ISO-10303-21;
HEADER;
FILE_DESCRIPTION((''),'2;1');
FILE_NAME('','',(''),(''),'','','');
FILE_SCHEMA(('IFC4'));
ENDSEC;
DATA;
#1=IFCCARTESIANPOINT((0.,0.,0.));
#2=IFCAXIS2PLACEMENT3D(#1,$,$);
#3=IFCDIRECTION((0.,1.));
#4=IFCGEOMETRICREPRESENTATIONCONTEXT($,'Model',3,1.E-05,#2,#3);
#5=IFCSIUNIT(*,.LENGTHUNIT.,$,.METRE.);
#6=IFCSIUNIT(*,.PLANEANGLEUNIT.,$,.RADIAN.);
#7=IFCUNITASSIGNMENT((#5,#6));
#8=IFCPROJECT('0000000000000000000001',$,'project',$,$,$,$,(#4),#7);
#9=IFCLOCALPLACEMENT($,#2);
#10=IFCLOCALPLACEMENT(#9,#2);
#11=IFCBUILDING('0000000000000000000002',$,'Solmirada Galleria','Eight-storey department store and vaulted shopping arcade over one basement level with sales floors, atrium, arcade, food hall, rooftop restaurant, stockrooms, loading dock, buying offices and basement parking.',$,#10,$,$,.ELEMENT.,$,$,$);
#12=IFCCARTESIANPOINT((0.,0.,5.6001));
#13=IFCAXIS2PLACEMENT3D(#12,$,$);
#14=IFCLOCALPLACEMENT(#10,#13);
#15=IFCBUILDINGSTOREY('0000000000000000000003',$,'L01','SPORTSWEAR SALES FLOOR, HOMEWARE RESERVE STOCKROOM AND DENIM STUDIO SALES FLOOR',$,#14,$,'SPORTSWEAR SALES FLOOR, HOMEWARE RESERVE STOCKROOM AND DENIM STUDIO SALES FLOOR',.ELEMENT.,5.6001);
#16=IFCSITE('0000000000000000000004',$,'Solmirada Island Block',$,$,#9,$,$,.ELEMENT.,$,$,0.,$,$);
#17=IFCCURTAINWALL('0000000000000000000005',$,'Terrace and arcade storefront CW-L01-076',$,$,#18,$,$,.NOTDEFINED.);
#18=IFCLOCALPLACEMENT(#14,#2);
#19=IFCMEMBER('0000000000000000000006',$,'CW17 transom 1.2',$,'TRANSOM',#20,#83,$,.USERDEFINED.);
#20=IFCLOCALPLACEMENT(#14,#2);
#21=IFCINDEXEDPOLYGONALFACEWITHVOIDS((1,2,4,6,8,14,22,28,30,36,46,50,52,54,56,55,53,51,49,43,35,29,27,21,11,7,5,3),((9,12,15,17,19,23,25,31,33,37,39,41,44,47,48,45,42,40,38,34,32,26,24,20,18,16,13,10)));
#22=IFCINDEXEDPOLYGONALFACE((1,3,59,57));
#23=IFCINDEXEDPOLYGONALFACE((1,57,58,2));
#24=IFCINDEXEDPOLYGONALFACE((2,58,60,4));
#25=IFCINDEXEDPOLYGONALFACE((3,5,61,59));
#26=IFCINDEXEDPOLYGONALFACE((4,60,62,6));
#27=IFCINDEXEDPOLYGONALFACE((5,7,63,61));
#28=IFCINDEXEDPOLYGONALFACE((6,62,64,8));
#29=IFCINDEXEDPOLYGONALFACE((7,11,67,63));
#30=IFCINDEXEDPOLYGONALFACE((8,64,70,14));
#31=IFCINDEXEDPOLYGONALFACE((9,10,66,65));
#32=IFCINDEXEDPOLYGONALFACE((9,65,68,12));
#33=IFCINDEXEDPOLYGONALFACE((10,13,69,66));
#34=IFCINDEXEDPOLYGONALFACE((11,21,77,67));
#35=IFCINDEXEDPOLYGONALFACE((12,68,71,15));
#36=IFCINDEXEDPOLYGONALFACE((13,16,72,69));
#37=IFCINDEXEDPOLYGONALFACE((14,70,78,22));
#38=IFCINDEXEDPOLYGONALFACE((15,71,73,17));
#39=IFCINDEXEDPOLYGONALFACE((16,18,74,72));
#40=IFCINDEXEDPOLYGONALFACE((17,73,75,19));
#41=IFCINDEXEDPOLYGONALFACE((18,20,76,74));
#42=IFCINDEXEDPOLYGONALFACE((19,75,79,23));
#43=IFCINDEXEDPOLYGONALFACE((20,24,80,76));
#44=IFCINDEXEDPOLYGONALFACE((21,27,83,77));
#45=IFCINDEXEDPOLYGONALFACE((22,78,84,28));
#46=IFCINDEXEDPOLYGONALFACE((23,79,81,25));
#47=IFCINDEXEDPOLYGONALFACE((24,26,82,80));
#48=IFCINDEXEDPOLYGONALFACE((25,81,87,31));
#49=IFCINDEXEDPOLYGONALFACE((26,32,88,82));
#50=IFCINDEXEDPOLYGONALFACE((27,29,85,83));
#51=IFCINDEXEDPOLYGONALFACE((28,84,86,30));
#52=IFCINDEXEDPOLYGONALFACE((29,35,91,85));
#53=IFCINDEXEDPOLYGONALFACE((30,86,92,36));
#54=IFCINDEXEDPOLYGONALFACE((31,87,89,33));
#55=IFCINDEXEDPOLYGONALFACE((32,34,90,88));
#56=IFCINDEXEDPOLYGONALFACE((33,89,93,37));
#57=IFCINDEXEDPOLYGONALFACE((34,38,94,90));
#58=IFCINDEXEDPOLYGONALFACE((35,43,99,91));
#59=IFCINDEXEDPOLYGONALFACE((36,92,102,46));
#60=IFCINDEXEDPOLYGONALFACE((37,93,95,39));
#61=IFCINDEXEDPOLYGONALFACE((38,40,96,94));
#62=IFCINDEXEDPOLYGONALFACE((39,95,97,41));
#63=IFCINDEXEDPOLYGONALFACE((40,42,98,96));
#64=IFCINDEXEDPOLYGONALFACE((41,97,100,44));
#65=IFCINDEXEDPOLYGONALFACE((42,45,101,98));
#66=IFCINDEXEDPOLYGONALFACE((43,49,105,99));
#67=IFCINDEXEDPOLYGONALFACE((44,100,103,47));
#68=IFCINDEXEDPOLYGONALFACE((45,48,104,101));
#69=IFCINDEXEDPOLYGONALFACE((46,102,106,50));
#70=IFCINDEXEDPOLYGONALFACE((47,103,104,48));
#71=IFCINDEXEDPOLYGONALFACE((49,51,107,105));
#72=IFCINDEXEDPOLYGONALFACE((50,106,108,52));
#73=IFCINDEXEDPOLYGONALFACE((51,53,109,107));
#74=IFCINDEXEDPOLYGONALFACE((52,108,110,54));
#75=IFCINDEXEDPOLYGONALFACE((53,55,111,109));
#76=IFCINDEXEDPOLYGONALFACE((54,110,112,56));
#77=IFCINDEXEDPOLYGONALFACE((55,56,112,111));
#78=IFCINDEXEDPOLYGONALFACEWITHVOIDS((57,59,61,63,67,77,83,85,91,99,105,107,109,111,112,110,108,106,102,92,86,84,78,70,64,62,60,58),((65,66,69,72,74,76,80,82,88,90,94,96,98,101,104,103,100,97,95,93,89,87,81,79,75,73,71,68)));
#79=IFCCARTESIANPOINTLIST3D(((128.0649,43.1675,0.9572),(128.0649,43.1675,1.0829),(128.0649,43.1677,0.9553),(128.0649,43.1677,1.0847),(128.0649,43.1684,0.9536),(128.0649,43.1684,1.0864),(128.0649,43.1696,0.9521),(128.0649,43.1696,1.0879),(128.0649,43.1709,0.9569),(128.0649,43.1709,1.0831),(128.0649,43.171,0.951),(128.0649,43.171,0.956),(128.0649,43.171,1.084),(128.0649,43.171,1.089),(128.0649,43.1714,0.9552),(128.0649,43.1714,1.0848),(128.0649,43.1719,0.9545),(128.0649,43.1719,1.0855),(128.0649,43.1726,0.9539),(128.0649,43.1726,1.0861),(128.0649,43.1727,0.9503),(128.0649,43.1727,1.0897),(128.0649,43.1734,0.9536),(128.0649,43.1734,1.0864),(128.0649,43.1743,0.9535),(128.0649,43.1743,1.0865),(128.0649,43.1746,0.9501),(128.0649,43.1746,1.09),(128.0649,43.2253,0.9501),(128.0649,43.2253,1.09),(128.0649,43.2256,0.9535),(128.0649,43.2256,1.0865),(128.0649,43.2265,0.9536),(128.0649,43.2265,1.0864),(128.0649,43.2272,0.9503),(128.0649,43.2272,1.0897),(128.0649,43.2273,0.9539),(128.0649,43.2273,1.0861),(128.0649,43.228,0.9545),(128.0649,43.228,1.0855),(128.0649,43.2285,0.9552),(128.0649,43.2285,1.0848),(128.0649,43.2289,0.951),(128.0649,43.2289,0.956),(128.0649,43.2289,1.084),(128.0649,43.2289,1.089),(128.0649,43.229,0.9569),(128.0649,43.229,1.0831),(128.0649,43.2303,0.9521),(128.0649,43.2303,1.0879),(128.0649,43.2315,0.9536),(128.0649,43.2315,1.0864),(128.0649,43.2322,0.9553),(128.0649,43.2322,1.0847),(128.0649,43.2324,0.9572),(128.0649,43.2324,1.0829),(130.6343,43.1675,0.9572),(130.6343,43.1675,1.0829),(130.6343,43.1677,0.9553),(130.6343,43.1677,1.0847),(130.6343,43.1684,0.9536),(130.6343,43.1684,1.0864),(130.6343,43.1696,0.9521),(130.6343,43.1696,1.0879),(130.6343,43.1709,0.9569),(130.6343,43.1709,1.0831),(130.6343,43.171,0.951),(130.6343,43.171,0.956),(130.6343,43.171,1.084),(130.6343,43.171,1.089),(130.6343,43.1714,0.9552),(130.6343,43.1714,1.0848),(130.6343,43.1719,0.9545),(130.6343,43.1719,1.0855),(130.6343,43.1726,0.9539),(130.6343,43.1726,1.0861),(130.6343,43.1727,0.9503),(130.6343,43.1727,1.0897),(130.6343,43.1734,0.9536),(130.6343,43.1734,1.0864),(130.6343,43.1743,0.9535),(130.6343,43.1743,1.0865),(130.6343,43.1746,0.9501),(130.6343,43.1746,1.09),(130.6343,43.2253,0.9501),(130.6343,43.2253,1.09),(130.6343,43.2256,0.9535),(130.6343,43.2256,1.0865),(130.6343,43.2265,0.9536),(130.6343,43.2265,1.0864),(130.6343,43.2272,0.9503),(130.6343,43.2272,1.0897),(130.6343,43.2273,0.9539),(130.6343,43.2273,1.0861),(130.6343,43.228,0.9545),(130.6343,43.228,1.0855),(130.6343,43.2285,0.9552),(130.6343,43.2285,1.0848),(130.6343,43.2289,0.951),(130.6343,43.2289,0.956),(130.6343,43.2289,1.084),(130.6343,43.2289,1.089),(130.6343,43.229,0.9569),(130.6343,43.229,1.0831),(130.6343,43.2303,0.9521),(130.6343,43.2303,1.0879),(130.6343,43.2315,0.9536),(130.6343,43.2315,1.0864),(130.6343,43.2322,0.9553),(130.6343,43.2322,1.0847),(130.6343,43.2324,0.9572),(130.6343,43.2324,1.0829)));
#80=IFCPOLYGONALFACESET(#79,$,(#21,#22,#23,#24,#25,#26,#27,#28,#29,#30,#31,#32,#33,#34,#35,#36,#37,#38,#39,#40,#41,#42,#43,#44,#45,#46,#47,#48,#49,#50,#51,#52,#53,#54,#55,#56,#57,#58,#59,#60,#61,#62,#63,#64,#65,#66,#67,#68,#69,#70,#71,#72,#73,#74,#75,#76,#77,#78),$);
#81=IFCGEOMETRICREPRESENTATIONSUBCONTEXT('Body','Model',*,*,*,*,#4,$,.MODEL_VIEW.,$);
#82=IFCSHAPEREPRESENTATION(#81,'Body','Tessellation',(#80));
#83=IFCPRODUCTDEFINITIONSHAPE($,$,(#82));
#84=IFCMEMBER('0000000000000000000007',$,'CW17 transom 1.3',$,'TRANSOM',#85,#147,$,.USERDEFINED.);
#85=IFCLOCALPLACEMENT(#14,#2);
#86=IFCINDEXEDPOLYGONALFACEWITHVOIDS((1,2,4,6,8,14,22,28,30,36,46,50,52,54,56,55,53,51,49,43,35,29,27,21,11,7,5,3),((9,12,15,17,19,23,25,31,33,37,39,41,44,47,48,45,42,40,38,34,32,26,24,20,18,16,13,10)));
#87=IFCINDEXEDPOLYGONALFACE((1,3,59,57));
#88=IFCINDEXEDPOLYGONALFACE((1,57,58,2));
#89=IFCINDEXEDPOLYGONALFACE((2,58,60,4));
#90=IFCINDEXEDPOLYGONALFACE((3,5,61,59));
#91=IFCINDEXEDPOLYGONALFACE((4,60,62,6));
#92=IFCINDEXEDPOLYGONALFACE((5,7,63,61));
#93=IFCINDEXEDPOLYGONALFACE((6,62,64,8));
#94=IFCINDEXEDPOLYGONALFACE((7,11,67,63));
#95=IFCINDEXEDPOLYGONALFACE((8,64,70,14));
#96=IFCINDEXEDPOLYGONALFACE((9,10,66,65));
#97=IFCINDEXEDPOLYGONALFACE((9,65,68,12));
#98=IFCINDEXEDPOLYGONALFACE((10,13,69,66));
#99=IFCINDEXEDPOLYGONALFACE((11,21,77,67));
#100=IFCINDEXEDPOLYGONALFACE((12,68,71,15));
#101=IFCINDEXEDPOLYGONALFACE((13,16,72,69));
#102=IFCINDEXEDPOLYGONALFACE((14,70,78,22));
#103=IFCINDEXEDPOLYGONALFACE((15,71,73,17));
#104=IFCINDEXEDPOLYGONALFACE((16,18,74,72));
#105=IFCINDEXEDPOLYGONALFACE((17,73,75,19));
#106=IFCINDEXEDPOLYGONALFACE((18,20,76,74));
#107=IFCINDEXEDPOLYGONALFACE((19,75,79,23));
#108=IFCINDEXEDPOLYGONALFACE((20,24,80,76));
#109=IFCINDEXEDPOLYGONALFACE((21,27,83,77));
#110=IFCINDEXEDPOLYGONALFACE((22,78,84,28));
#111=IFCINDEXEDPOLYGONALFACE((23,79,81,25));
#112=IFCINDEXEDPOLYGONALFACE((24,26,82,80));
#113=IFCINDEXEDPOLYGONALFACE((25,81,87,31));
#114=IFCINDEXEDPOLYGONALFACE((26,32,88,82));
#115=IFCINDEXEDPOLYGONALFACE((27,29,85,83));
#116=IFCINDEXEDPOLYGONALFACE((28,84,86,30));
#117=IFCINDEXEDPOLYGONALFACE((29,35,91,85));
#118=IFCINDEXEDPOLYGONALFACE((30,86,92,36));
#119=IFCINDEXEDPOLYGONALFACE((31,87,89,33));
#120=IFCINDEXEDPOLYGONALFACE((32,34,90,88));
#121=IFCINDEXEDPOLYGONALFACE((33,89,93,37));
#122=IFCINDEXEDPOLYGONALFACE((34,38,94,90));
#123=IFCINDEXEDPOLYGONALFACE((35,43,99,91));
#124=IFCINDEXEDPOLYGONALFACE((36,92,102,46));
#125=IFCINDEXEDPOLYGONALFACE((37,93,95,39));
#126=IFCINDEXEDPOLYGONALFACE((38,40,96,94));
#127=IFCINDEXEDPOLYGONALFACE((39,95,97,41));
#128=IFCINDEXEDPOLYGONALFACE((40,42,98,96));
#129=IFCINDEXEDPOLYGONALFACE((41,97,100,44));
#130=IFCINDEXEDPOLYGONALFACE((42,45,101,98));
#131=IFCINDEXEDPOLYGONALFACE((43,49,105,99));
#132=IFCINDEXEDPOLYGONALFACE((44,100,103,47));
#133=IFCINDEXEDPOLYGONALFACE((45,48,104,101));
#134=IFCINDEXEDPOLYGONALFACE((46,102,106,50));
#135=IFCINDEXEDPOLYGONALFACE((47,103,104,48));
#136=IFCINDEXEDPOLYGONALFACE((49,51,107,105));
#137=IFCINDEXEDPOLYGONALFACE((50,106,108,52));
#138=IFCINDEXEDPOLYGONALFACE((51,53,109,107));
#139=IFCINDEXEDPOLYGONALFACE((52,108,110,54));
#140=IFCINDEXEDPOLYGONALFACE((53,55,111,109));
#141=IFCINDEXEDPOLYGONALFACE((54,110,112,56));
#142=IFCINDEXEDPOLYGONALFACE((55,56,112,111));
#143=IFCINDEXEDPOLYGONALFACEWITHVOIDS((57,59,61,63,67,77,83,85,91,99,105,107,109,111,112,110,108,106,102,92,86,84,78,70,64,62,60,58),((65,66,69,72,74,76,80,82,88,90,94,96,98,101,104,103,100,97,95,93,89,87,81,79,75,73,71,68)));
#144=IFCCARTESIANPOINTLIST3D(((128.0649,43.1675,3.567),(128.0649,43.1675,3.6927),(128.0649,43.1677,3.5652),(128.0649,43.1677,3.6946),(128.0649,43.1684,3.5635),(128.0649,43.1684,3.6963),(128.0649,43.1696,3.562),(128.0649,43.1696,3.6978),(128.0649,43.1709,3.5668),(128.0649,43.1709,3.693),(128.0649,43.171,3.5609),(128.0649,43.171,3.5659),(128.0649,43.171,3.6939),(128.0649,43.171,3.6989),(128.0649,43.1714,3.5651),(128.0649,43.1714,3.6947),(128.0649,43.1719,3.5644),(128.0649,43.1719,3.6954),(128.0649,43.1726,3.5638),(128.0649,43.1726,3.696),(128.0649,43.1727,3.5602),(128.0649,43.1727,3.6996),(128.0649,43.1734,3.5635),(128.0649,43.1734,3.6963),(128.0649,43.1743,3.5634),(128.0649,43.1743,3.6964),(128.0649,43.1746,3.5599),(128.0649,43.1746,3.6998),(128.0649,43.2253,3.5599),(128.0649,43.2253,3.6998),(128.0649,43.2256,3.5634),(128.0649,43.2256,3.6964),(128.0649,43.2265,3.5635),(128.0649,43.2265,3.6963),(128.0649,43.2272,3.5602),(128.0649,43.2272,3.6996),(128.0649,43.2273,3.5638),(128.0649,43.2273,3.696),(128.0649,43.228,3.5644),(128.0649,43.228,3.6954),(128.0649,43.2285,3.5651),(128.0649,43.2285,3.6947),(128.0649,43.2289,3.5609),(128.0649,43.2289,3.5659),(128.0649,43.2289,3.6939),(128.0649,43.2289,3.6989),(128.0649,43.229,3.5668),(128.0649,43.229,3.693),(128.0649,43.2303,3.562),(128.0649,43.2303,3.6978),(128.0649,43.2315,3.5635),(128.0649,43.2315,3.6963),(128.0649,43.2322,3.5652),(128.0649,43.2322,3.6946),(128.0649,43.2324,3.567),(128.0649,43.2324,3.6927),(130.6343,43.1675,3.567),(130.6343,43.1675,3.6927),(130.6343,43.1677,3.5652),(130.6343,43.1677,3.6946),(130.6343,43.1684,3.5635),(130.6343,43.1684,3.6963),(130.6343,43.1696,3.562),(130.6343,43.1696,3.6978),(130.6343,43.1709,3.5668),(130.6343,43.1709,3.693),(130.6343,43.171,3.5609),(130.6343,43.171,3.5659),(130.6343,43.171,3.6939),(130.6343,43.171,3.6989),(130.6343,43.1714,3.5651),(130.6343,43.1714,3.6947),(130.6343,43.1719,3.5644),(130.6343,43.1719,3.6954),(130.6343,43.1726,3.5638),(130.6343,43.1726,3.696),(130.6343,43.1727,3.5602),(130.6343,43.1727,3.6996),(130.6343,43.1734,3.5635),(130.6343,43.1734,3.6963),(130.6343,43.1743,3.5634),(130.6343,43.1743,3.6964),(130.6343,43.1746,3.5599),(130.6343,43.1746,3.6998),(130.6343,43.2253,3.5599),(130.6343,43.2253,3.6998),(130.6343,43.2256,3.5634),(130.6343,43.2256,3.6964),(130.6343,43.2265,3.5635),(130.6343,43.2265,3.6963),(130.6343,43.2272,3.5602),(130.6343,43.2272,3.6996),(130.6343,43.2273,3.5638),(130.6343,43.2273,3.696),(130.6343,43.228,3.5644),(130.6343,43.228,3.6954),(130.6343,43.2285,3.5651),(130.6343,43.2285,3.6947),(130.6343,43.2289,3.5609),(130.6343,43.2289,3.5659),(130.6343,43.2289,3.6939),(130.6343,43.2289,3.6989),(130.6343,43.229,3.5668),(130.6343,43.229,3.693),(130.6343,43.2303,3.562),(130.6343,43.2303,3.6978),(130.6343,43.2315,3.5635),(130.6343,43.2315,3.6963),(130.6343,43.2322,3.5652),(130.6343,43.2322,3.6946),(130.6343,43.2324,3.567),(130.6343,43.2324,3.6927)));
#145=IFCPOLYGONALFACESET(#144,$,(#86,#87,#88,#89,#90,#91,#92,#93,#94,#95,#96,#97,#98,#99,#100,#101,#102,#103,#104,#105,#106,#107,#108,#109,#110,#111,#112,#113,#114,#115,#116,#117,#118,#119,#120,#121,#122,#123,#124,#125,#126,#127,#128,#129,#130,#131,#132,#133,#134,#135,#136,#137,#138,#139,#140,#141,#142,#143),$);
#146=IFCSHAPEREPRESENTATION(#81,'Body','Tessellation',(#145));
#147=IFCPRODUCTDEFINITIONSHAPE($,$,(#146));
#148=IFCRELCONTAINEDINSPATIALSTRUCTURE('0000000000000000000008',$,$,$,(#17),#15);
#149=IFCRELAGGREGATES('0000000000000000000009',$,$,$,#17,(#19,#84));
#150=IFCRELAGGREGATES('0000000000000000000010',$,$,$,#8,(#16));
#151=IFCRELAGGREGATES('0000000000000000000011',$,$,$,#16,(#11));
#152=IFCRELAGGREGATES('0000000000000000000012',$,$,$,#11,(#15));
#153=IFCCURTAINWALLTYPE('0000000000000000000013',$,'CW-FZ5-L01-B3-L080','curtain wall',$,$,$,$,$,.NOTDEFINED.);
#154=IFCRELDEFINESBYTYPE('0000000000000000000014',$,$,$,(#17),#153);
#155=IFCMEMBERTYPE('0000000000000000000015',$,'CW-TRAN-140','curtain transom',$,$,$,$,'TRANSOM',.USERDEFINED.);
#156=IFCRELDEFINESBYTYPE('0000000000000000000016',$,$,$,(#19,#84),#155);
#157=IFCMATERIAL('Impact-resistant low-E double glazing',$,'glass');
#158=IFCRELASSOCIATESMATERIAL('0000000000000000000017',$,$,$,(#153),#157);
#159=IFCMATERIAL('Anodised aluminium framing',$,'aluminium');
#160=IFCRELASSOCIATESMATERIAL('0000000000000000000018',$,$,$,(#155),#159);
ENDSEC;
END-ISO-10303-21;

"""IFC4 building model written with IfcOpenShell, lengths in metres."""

from ifc_helpers import new_model, si_unit, direction, frame, origin, origin_2d, place, context, subcontext, project, spatial, hollow_rectangle, extrude, material, material_profile, profile_set, type_object, element, aggregate, save


model = new_model("IFC4")

# Units and contexts
model_context = context("Model", 3, precision=1e-05, world=origin(), true_north=direction((0.0, 1.0)))
body_context = subcontext(model_context, "Body", "Model", "MODEL_VIEW")
ifc_project = project(units=[si_unit("LENGTHUNIT", "METRE"), si_unit("PLANEANGLEUNIT", "RADIAN")], contexts=[model_context])

# Site, building, storey
site_placement = place(None, origin())
site = spatial("IfcSite", under=ifc_project, at=site_placement, Name="Solmirada Island Block", CompositionType="ELEMENT", RefElevation=0.0)
building_placement = place(site_placement, origin())
building = spatial("IfcBuilding", under=site, at=building_placement, Name="Solmirada Galleria", Description="Eight-storey department store and vaulted shopping arcade over one basement level with sales floors, atrium, arcade, food hall, rooftop restaurant, stockrooms, loading dock, buying offices and basement parking.", CompositionType="ELEMENT")
storey_placement = place(building_placement, frame((0.0, 0.0, 5.6001)))
storey = spatial("IfcBuildingStorey", under=building, at=storey_placement, Name="L01", Description="SPORTSWEAR SALES FLOOR, HOMEWARE RESERVE STOCKROOM AND DENIM STUDIO SALES FLOOR", LongName="SPORTSWEAR SALES FLOOR, HOMEWARE RESERVE STOCKROOM AND DENIM STUDIO SALES FLOOR", CompositionType="ELEMENT", Elevation=5.6001)

# Curtain wall
ifc_material_1 = material(Name="Impact-resistant low-E double glazing", Category="glass")
curtain_wall_type = type_object("IfcCurtainWallType", Name="CW-FZ5-L01-B3-L080", Description="curtain wall", PredefinedType="NOTDEFINED", material=ifc_material_1)
curtain_wall_1_placement = place(storey_placement, origin())
curtain_wall_1 = element("IfcCurtainWall", 1, at=curtain_wall_1_placement, inside=storey, type_object=curtain_wall_type, Name="Terrace and arcade storefront CW-L01-076", PredefinedType="NOTDEFINED")
ifc_material_2 = material(Name="Anodised aluminium framing", Category="aluminium")

# Members
ifc_material_profile_1 = material_profile(ifc_material_2, hollow_rectangle(XDim=0.0649, YDim=0.1399, WallThickness=0.0034, InnerFilletRadius=0.0034, OuterFilletRadius=0.0071, at=origin_2d()), Name="ALU-TRAN-140X65")
ifc_profile_set_1 = profile_set([ifc_material_profile_1], Name="Anodised aluminium framing")
member_type_1 = type_object("IfcMemberType", Name="CW-TRAN-140", Description="curtain transom", ElementType="TRANSOM", PredefinedType="USERDEFINED", material=ifc_profile_set_1)
member_1_placement = place(storey_placement, frame((128.0649, 43.2, 1.02), z_axis=(1.0, 0.0, 0.0), x_axis=(0.0, 1.0, 0.0)))
member_1 = element("IfcMember", 2, at=member_1_placement, type_object=member_type_1, Name="CW17 transom 1.2", ObjectType="TRANSOM", PredefinedType="USERDEFINED", context=body_context, shape_type="SweptSolid", body=[
    extrude(hollow_rectangle(XDim=0.0649, YDim=0.1399, WallThickness=0.0034, InnerFilletRadius=0.0034, OuterFilletRadius=0.0071, at=origin_2d()), origin(), (0.0, 0.0, 1.0), 2.5693),
])
member_2_placement = place(storey_placement, frame((128.0649, 43.2, 3.6299), z_axis=(1.0, 0.0, 0.0), x_axis=(0.0, 1.0, 0.0)))
member_2 = element("IfcMember", 3, at=member_2_placement, type_object=member_type_1, Name="CW17 transom 1.3", ObjectType="TRANSOM", PredefinedType="USERDEFINED", context=body_context, shape_type="SweptSolid", body=[
    extrude(hollow_rectangle(XDim=0.0649, YDim=0.1399, WallThickness=0.0034, InnerFilletRadius=0.0034, OuterFilletRadius=0.0071, at=origin_2d()), origin(), (0.0, 0.0, 1.0), 2.5693),
])

aggregate(curtain_wall_1, [member_1, member_2])

save(model, "model.ifc")
